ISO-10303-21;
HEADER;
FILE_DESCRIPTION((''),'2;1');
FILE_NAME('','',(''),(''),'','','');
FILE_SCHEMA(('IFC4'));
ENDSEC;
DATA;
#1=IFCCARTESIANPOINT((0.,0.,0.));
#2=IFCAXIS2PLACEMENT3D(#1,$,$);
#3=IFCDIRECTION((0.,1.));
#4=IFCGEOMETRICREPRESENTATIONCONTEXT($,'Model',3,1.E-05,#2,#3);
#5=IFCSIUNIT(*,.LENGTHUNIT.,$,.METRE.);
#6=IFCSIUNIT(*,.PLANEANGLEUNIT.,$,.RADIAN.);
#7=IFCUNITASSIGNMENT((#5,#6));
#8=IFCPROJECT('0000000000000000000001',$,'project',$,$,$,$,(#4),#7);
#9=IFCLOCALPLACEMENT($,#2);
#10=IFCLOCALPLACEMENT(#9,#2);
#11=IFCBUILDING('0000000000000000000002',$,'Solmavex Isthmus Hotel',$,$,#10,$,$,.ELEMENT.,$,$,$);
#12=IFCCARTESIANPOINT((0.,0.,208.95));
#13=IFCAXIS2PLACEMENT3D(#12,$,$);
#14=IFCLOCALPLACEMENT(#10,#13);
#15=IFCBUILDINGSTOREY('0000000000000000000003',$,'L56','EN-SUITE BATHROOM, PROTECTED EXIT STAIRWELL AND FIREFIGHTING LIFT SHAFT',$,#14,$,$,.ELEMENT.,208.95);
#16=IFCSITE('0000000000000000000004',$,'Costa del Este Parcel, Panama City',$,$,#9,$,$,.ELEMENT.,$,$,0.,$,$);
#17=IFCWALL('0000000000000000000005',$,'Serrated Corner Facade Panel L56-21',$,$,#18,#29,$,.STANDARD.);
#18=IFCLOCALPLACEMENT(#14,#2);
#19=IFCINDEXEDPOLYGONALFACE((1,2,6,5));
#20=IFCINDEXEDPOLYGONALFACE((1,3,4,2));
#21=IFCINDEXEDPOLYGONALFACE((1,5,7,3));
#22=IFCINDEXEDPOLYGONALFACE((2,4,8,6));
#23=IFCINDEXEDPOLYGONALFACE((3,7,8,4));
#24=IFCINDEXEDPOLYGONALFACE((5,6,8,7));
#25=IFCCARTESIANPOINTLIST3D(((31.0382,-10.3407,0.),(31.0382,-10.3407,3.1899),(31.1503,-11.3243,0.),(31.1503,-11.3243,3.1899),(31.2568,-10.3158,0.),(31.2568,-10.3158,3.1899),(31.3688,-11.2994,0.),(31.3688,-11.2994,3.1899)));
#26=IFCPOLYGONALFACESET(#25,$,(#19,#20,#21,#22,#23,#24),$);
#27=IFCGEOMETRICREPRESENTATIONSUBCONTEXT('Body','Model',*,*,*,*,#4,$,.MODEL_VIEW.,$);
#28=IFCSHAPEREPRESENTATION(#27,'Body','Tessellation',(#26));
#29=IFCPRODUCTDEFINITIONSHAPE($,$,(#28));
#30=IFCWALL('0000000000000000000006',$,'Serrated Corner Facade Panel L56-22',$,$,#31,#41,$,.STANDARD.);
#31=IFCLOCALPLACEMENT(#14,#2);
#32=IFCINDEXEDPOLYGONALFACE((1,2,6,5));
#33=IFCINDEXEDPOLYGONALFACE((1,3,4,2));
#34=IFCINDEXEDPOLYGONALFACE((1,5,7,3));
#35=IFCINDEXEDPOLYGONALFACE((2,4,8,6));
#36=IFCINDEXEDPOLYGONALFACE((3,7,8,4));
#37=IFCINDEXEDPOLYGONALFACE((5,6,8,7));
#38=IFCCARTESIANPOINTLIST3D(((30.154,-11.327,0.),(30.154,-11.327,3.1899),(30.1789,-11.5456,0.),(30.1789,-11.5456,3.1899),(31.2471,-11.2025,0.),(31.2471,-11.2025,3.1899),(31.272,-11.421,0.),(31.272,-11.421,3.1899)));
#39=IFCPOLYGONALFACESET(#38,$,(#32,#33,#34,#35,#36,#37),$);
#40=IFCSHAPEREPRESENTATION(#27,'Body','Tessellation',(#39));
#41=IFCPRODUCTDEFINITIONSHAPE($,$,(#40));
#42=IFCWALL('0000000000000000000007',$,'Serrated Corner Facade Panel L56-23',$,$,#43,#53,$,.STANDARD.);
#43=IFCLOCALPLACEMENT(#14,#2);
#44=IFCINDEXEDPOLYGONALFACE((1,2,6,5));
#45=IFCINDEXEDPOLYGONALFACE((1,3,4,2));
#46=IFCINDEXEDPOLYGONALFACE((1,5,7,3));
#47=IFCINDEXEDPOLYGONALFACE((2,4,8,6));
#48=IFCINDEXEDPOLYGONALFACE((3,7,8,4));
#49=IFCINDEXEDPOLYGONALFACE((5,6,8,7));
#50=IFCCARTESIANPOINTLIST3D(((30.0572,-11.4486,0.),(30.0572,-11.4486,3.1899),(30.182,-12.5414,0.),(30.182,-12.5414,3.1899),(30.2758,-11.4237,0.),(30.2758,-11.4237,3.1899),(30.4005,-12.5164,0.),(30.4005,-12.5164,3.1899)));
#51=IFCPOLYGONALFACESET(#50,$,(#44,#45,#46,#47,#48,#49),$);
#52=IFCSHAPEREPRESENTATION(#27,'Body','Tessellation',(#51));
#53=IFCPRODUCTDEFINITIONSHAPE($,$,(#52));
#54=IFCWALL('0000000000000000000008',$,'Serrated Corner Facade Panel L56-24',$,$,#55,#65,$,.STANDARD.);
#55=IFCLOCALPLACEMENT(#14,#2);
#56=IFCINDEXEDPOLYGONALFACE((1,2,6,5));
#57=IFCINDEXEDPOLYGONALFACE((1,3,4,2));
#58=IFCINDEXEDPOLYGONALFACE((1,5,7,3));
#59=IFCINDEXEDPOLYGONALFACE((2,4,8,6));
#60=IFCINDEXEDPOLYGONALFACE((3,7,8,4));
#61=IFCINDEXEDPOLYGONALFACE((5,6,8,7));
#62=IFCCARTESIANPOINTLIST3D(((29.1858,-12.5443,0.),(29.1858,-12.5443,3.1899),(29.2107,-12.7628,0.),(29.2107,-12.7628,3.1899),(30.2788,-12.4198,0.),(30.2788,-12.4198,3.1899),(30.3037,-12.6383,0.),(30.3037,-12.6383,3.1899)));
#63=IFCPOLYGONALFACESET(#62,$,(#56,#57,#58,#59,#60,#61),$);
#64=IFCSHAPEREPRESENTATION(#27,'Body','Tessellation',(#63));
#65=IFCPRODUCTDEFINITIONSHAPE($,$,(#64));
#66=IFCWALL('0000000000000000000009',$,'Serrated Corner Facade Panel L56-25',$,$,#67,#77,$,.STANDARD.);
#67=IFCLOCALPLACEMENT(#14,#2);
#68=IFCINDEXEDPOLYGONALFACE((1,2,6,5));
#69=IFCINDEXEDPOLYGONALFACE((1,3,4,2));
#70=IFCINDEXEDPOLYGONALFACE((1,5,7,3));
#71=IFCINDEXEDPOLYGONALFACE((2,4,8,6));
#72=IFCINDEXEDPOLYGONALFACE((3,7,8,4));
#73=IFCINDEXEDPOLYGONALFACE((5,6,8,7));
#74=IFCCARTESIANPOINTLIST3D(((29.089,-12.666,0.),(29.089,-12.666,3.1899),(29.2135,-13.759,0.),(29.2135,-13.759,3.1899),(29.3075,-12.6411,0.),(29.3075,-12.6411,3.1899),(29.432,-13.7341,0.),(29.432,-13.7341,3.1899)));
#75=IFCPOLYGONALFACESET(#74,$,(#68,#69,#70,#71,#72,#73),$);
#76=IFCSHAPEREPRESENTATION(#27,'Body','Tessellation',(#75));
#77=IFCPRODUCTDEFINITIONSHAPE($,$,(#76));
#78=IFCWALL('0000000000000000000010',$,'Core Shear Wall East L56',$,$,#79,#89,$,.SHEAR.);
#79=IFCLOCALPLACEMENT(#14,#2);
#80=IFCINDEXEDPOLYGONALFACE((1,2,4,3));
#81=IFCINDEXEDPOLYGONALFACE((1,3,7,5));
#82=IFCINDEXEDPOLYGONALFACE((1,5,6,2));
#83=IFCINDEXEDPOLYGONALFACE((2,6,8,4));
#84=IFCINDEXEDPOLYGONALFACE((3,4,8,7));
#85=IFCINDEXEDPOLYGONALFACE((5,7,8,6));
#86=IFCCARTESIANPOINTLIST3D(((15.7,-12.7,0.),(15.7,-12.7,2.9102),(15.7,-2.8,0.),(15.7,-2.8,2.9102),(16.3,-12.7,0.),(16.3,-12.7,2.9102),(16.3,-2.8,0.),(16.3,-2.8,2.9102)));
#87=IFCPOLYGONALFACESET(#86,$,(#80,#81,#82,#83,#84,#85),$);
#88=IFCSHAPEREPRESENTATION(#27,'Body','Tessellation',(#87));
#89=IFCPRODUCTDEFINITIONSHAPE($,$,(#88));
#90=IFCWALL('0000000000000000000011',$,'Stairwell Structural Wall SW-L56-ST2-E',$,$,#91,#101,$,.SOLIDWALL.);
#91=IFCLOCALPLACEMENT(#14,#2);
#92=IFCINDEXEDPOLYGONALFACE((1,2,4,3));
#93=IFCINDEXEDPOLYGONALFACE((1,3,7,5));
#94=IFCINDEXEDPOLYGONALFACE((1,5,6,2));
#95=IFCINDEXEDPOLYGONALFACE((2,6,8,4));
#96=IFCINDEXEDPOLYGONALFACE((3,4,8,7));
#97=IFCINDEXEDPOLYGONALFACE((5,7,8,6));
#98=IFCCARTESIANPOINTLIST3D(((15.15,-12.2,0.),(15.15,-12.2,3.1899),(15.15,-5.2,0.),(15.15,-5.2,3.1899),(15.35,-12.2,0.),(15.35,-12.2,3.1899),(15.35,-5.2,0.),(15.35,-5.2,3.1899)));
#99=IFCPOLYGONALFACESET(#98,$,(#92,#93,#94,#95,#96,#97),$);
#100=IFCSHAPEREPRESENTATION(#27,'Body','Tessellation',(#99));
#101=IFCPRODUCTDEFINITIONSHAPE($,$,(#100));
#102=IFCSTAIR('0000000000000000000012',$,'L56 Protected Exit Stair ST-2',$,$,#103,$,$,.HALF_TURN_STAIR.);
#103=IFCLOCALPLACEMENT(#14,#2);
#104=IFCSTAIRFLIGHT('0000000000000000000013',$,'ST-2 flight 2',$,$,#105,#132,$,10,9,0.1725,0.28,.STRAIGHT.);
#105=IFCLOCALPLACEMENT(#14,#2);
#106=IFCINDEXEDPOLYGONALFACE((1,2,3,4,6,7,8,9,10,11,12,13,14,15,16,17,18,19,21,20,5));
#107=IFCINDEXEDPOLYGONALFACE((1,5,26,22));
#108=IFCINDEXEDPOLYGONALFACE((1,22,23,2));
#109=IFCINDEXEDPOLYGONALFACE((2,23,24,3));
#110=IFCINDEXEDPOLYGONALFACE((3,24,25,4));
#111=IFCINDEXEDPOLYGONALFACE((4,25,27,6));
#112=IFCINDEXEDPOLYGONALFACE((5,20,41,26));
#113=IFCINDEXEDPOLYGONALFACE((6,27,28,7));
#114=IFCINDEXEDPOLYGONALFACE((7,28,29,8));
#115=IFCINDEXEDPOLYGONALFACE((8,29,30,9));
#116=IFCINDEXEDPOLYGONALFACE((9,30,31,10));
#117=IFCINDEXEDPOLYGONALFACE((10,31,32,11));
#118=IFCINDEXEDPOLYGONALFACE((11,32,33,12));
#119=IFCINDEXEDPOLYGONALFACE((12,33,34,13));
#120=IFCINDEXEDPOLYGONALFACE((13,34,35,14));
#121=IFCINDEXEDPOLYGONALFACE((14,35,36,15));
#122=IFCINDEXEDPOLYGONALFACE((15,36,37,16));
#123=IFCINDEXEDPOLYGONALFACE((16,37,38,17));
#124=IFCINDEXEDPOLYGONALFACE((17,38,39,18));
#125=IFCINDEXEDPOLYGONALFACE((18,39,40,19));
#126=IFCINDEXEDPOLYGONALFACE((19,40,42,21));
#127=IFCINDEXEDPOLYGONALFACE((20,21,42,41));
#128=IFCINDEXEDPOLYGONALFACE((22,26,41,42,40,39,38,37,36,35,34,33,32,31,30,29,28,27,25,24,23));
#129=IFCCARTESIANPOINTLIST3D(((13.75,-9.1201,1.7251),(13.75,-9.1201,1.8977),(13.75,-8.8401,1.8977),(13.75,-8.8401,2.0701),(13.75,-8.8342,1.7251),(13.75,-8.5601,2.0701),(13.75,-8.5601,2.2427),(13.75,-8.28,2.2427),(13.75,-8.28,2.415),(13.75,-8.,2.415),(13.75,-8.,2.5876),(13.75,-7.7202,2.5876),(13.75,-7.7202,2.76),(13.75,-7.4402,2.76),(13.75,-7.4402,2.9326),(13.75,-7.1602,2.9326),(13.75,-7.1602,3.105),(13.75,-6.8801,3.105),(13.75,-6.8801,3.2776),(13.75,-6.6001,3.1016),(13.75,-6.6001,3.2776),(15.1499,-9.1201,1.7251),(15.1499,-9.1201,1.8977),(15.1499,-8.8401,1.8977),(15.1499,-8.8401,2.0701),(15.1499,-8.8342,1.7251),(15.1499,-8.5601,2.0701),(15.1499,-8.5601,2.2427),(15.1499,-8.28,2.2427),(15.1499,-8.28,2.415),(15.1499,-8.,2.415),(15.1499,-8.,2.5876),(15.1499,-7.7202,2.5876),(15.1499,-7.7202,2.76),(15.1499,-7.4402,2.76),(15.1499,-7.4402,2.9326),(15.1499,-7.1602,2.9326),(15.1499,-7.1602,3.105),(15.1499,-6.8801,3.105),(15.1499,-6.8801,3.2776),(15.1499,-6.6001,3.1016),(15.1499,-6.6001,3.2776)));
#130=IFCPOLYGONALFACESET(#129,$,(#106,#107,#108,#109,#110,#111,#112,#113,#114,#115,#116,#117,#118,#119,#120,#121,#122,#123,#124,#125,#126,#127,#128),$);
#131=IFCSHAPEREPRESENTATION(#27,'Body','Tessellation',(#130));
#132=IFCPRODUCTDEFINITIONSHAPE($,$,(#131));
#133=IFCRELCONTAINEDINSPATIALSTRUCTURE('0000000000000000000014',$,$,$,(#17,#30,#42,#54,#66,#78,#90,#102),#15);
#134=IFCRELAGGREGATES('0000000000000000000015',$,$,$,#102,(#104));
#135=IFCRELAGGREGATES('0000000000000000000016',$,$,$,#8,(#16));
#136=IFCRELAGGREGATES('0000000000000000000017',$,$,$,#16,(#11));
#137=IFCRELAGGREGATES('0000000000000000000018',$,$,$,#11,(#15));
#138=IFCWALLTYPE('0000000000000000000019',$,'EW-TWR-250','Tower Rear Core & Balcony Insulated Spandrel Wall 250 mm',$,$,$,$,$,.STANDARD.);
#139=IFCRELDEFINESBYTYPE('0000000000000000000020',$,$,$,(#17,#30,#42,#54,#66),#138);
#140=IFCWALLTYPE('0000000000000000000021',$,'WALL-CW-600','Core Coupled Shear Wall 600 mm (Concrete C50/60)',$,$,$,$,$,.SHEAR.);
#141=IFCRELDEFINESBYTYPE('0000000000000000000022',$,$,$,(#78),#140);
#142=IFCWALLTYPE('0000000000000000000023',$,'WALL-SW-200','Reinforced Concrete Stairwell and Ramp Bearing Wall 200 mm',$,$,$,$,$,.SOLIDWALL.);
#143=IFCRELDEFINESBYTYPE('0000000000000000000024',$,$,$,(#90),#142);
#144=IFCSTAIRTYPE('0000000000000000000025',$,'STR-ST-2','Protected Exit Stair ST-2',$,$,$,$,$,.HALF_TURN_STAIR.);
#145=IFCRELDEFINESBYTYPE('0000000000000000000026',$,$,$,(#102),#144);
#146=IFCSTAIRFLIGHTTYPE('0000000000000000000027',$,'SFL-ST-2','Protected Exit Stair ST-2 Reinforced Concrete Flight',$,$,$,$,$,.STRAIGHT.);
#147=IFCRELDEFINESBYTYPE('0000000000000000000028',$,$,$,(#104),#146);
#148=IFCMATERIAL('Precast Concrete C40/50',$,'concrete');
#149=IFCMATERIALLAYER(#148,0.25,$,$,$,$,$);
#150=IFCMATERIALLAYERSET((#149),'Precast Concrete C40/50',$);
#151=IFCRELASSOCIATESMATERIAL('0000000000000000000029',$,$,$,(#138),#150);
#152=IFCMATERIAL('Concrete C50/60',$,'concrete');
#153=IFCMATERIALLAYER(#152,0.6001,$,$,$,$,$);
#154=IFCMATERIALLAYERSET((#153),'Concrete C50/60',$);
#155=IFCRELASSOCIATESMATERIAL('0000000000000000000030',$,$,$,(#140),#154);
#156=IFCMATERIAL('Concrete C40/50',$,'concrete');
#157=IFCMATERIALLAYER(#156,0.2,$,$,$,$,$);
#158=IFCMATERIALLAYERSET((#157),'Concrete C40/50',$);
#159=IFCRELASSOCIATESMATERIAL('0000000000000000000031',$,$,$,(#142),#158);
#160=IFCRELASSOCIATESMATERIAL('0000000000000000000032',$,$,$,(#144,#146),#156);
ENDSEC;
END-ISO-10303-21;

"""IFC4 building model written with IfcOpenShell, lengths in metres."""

from ifc_helpers import new_model, si_unit, direction, frame, frame_2d, origin, place, context, subcontext, project, spatial, polyline, rectangle, outline, extrude, material, layer, layer_set, type_object, element, aggregate, save


model = new_model("IFC4")

# Units and contexts
model_context = context("Model", 3, precision=1e-05, world=origin(), true_north=direction((0.0, 1.0)))
body_context = subcontext(model_context, "Body", "Model", "MODEL_VIEW")
ifc_project = project(units=[si_unit("LENGTHUNIT", "METRE"), si_unit("PLANEANGLEUNIT", "RADIAN")], contexts=[model_context])

# Site, building, storey
site_placement = place(None, origin())
site = spatial("IfcSite", under=ifc_project, at=site_placement, Name="Costa del Este Parcel, Panama City", CompositionType="ELEMENT", RefElevation=0.0)
building_placement = place(site_placement, origin())
building = spatial("IfcBuilding", under=site, at=building_placement, Name="Solmavex Isthmus Hotel", CompositionType="ELEMENT")
storey_placement = place(building_placement, frame((0.0, 0.0, 208.95)))
storey = spatial("IfcBuildingStorey", under=building, at=storey_placement, Name="L56", Description="EN-SUITE BATHROOM, PROTECTED EXIT STAIRWELL AND FIREFIGHTING LIFT SHAFT", CompositionType="ELEMENT", Elevation=208.95)

# Shared definitions
ifc_material_1 = material(Name="Concrete C50/60", Category="concrete")

# Walls
ifc_material_2 = material(Name="Precast Concrete C40/50", Category="concrete")
ifc_layer_1 = layer(ifc_material_2, 0.25)
ifc_layer_set_1 = layer_set([ifc_layer_1], Name="Precast Concrete C40/50")
wall_type_1 = type_object("IfcWallType", Name="EW-TWR-250", Description="Tower Rear Core & Balcony Insulated Spandrel Wall 250 mm", PredefinedType="STANDARD", material=ifc_layer_set_1)
wall_1_placement = place(storey_placement, frame((31.1475, -10.3281, 0.0), z_axis=(0.0, 0.0, 1.0), x_axis=(0.113192, -0.993573, 0.0)))
element("IfcWall", 1, at=wall_1_placement, inside=storey, type_object=wall_type_1, Name="Serrated Corner Facade Panel L56-21", PredefinedType="STANDARD", context=body_context, shape_type="SweptSolid", body=[
    extrude(rectangle(XDim=0.99, YDim=0.22, at=frame_2d((0.4951, 0.0))), origin(), (0.0, 0.0, 1.0), 3.1899),
])
wall_2_placement = place(storey_placement, frame((31.2595, -11.3118, 0.0), z_axis=(0.0, 0.0, 1.0), x_axis=(-0.993574, -0.113184, 0.0)))
element("IfcWall", 2, at=wall_2_placement, inside=storey, type_object=wall_type_1, Name="Serrated Corner Facade Panel L56-22", PredefinedType="STANDARD", context=body_context, shape_type="SweptSolid", body=[
    extrude(rectangle(XDim=1.1001, YDim=0.22, at=frame_2d((0.55, 0.0))), origin(), (0.0, 0.0, 1.0), 3.1899),
])
wall_3_placement = place(storey_placement, frame((30.1665, -11.4363, 0.0), z_axis=(0.0, 0.0, 1.0), x_axis=(0.113428, -0.993546, 0.0)))
element("IfcWall", 3, at=wall_3_placement, inside=storey, type_object=wall_type_1, Name="Serrated Corner Facade Panel L56-23", PredefinedType="STANDARD", context=body_context, shape_type="SweptSolid", body=[
    extrude(rectangle(XDim=1.0999, YDim=0.22, at=frame_2d((0.5498, 0.0))), origin(), (0.0, 0.0, 1.0), 3.1899),
])
for number, where, z_axis, x_axis, name in (
    (4, (30.2913, -12.5291, 0.0), (0.0, 0.0, 1.0), (-0.993574, -0.113184, 0.0), "Serrated Corner Facade Panel L56-24"),
    (5, (29.1982, -12.6536, 0.0), (0.0, 0.0, 1.0), (0.113184, -0.993574, 0.0), "Serrated Corner Facade Panel L56-25"),
):
    element("IfcWall", number, at=place(storey_placement, frame(where, z_axis=z_axis, x_axis=x_axis)), inside=storey, type_object=wall_type_1, Name=name, PredefinedType="STANDARD", context=body_context, shape_type="SweptSolid", body=[
        extrude(rectangle(XDim=1.1001, YDim=0.22, at=frame_2d((0.55, 0.0))), origin(), (0.0, 0.0, 1.0), 3.1899),
    ])
ifc_layer_2 = layer(ifc_material_1, 0.6001)
ifc_layer_set_2 = layer_set([ifc_layer_2], Name="Concrete C50/60")
wall_type_2 = type_object("IfcWallType", Name="WALL-CW-600", Description="Core Coupled Shear Wall 600 mm (Concrete C50/60)", PredefinedType="SHEAR", material=ifc_layer_set_2)
wall_4_placement = place(storey_placement, frame((16.0, -12.7, 0.0), z_axis=(0.0, 0.0, 1.0), x_axis=(0.0, 1.0, 0.0)))
element("IfcWall", 6, at=wall_4_placement, inside=storey, type_object=wall_type_2, Name="Core Shear Wall East L56", PredefinedType="SHEAR", context=body_context, shape_type="SweptSolid", body=[
    extrude(rectangle(XDim=9.8999, YDim=0.6001, at=frame_2d((4.95, 0.0))), origin(), (0.0, 0.0, 1.0), 2.9102),
])
ifc_material_3 = material(Name="Concrete C40/50", Category="concrete")
ifc_layer_3 = layer(ifc_material_3, 0.2)
ifc_layer_set_3 = layer_set([ifc_layer_3], Name="Concrete C40/50")
wall_type_3 = type_object("IfcWallType", Name="WALL-SW-200", Description="Reinforced Concrete Stairwell and Ramp Bearing Wall 200 mm", PredefinedType="SOLIDWALL", material=ifc_layer_set_3)
wall_5_placement = place(storey_placement, frame((15.25, -12.2, 0.0), z_axis=(0.0, 0.0, 1.0), x_axis=(0.0, 1.0, 0.0)))
element("IfcWall", 7, at=wall_5_placement, inside=storey, type_object=wall_type_3, Name="Stairwell Structural Wall SW-L56-ST2-E", PredefinedType="SOLIDWALL", context=body_context, shape_type="SweptSolid", body=[
    extrude(rectangle(XDim=7.0, YDim=0.2, at=frame_2d((3.5, 0.0))), origin(), (0.0, 0.0, 1.0), 3.1899),
])

# Stair, stair flight
stair_type = type_object("IfcStairType", Name="STR-ST-2", Description="Protected Exit Stair ST-2", PredefinedType="HALF_TURN_STAIR", material=ifc_material_3)
stair_placement = place(storey_placement, origin())
stair = element("IfcStair", 8, at=stair_placement, inside=storey, type_object=stair_type, Name="L56 Protected Exit Stair ST-2", PredefinedType="HALF_TURN_STAIR")
stair_flight_type = type_object("IfcStairFlightType", Name="SFL-ST-2", Description="Protected Exit Stair ST-2 Reinforced Concrete Flight", PredefinedType="STRAIGHT", material=ifc_material_3)
stair_flight_placement = place(storey_placement, frame((14.45, -9.1201, 1.7251), z_axis=(0.0, 0.0, 1.0), x_axis=(0.0, 1.0, 0.0)))
stair_flight = element("IfcStairFlight", 9, at=stair_flight_placement, type_object=stair_flight_type, Name="ST-2 flight 2", NumberOfRisers=10, NumberOfTreads=9, PredefinedType="STRAIGHT", RiserHeight=0.1725, TreadLength=0.28, context=body_context, shape_type="SweptSolid", body=[
    extrude(outline(polyline([(0.0, 0.0), (0.0, 0.1726), (0.28, 0.1726), (0.28, 0.345), (0.5601, 0.345), (0.5601, 0.5176), (0.8401, 0.5176), (0.8401, 0.6899), (1.1201, 0.6899), (1.1201, 0.8625), (1.3999, 0.8625), (1.3999, 1.0349), (1.6799, 1.0349), (1.6799, 1.2075), (1.96, 1.2075), (1.96, 1.3799), (2.24, 1.3799), (2.24, 1.5525), (2.52, 1.5525), (2.52, 1.7251), (2.52, 1.3765), (0.2859, 0.0), (0.0, 0.0)])), frame((0.0, 0.7, 0.0), z_axis=(0.0, -1.0, 0.0), x_axis=(1.0, 0.0, 0.0)), (0.0, 0.0, 1.0), 1.3999),
])
aggregate(stair, [stair_flight])

save(model, "model.ifc")
